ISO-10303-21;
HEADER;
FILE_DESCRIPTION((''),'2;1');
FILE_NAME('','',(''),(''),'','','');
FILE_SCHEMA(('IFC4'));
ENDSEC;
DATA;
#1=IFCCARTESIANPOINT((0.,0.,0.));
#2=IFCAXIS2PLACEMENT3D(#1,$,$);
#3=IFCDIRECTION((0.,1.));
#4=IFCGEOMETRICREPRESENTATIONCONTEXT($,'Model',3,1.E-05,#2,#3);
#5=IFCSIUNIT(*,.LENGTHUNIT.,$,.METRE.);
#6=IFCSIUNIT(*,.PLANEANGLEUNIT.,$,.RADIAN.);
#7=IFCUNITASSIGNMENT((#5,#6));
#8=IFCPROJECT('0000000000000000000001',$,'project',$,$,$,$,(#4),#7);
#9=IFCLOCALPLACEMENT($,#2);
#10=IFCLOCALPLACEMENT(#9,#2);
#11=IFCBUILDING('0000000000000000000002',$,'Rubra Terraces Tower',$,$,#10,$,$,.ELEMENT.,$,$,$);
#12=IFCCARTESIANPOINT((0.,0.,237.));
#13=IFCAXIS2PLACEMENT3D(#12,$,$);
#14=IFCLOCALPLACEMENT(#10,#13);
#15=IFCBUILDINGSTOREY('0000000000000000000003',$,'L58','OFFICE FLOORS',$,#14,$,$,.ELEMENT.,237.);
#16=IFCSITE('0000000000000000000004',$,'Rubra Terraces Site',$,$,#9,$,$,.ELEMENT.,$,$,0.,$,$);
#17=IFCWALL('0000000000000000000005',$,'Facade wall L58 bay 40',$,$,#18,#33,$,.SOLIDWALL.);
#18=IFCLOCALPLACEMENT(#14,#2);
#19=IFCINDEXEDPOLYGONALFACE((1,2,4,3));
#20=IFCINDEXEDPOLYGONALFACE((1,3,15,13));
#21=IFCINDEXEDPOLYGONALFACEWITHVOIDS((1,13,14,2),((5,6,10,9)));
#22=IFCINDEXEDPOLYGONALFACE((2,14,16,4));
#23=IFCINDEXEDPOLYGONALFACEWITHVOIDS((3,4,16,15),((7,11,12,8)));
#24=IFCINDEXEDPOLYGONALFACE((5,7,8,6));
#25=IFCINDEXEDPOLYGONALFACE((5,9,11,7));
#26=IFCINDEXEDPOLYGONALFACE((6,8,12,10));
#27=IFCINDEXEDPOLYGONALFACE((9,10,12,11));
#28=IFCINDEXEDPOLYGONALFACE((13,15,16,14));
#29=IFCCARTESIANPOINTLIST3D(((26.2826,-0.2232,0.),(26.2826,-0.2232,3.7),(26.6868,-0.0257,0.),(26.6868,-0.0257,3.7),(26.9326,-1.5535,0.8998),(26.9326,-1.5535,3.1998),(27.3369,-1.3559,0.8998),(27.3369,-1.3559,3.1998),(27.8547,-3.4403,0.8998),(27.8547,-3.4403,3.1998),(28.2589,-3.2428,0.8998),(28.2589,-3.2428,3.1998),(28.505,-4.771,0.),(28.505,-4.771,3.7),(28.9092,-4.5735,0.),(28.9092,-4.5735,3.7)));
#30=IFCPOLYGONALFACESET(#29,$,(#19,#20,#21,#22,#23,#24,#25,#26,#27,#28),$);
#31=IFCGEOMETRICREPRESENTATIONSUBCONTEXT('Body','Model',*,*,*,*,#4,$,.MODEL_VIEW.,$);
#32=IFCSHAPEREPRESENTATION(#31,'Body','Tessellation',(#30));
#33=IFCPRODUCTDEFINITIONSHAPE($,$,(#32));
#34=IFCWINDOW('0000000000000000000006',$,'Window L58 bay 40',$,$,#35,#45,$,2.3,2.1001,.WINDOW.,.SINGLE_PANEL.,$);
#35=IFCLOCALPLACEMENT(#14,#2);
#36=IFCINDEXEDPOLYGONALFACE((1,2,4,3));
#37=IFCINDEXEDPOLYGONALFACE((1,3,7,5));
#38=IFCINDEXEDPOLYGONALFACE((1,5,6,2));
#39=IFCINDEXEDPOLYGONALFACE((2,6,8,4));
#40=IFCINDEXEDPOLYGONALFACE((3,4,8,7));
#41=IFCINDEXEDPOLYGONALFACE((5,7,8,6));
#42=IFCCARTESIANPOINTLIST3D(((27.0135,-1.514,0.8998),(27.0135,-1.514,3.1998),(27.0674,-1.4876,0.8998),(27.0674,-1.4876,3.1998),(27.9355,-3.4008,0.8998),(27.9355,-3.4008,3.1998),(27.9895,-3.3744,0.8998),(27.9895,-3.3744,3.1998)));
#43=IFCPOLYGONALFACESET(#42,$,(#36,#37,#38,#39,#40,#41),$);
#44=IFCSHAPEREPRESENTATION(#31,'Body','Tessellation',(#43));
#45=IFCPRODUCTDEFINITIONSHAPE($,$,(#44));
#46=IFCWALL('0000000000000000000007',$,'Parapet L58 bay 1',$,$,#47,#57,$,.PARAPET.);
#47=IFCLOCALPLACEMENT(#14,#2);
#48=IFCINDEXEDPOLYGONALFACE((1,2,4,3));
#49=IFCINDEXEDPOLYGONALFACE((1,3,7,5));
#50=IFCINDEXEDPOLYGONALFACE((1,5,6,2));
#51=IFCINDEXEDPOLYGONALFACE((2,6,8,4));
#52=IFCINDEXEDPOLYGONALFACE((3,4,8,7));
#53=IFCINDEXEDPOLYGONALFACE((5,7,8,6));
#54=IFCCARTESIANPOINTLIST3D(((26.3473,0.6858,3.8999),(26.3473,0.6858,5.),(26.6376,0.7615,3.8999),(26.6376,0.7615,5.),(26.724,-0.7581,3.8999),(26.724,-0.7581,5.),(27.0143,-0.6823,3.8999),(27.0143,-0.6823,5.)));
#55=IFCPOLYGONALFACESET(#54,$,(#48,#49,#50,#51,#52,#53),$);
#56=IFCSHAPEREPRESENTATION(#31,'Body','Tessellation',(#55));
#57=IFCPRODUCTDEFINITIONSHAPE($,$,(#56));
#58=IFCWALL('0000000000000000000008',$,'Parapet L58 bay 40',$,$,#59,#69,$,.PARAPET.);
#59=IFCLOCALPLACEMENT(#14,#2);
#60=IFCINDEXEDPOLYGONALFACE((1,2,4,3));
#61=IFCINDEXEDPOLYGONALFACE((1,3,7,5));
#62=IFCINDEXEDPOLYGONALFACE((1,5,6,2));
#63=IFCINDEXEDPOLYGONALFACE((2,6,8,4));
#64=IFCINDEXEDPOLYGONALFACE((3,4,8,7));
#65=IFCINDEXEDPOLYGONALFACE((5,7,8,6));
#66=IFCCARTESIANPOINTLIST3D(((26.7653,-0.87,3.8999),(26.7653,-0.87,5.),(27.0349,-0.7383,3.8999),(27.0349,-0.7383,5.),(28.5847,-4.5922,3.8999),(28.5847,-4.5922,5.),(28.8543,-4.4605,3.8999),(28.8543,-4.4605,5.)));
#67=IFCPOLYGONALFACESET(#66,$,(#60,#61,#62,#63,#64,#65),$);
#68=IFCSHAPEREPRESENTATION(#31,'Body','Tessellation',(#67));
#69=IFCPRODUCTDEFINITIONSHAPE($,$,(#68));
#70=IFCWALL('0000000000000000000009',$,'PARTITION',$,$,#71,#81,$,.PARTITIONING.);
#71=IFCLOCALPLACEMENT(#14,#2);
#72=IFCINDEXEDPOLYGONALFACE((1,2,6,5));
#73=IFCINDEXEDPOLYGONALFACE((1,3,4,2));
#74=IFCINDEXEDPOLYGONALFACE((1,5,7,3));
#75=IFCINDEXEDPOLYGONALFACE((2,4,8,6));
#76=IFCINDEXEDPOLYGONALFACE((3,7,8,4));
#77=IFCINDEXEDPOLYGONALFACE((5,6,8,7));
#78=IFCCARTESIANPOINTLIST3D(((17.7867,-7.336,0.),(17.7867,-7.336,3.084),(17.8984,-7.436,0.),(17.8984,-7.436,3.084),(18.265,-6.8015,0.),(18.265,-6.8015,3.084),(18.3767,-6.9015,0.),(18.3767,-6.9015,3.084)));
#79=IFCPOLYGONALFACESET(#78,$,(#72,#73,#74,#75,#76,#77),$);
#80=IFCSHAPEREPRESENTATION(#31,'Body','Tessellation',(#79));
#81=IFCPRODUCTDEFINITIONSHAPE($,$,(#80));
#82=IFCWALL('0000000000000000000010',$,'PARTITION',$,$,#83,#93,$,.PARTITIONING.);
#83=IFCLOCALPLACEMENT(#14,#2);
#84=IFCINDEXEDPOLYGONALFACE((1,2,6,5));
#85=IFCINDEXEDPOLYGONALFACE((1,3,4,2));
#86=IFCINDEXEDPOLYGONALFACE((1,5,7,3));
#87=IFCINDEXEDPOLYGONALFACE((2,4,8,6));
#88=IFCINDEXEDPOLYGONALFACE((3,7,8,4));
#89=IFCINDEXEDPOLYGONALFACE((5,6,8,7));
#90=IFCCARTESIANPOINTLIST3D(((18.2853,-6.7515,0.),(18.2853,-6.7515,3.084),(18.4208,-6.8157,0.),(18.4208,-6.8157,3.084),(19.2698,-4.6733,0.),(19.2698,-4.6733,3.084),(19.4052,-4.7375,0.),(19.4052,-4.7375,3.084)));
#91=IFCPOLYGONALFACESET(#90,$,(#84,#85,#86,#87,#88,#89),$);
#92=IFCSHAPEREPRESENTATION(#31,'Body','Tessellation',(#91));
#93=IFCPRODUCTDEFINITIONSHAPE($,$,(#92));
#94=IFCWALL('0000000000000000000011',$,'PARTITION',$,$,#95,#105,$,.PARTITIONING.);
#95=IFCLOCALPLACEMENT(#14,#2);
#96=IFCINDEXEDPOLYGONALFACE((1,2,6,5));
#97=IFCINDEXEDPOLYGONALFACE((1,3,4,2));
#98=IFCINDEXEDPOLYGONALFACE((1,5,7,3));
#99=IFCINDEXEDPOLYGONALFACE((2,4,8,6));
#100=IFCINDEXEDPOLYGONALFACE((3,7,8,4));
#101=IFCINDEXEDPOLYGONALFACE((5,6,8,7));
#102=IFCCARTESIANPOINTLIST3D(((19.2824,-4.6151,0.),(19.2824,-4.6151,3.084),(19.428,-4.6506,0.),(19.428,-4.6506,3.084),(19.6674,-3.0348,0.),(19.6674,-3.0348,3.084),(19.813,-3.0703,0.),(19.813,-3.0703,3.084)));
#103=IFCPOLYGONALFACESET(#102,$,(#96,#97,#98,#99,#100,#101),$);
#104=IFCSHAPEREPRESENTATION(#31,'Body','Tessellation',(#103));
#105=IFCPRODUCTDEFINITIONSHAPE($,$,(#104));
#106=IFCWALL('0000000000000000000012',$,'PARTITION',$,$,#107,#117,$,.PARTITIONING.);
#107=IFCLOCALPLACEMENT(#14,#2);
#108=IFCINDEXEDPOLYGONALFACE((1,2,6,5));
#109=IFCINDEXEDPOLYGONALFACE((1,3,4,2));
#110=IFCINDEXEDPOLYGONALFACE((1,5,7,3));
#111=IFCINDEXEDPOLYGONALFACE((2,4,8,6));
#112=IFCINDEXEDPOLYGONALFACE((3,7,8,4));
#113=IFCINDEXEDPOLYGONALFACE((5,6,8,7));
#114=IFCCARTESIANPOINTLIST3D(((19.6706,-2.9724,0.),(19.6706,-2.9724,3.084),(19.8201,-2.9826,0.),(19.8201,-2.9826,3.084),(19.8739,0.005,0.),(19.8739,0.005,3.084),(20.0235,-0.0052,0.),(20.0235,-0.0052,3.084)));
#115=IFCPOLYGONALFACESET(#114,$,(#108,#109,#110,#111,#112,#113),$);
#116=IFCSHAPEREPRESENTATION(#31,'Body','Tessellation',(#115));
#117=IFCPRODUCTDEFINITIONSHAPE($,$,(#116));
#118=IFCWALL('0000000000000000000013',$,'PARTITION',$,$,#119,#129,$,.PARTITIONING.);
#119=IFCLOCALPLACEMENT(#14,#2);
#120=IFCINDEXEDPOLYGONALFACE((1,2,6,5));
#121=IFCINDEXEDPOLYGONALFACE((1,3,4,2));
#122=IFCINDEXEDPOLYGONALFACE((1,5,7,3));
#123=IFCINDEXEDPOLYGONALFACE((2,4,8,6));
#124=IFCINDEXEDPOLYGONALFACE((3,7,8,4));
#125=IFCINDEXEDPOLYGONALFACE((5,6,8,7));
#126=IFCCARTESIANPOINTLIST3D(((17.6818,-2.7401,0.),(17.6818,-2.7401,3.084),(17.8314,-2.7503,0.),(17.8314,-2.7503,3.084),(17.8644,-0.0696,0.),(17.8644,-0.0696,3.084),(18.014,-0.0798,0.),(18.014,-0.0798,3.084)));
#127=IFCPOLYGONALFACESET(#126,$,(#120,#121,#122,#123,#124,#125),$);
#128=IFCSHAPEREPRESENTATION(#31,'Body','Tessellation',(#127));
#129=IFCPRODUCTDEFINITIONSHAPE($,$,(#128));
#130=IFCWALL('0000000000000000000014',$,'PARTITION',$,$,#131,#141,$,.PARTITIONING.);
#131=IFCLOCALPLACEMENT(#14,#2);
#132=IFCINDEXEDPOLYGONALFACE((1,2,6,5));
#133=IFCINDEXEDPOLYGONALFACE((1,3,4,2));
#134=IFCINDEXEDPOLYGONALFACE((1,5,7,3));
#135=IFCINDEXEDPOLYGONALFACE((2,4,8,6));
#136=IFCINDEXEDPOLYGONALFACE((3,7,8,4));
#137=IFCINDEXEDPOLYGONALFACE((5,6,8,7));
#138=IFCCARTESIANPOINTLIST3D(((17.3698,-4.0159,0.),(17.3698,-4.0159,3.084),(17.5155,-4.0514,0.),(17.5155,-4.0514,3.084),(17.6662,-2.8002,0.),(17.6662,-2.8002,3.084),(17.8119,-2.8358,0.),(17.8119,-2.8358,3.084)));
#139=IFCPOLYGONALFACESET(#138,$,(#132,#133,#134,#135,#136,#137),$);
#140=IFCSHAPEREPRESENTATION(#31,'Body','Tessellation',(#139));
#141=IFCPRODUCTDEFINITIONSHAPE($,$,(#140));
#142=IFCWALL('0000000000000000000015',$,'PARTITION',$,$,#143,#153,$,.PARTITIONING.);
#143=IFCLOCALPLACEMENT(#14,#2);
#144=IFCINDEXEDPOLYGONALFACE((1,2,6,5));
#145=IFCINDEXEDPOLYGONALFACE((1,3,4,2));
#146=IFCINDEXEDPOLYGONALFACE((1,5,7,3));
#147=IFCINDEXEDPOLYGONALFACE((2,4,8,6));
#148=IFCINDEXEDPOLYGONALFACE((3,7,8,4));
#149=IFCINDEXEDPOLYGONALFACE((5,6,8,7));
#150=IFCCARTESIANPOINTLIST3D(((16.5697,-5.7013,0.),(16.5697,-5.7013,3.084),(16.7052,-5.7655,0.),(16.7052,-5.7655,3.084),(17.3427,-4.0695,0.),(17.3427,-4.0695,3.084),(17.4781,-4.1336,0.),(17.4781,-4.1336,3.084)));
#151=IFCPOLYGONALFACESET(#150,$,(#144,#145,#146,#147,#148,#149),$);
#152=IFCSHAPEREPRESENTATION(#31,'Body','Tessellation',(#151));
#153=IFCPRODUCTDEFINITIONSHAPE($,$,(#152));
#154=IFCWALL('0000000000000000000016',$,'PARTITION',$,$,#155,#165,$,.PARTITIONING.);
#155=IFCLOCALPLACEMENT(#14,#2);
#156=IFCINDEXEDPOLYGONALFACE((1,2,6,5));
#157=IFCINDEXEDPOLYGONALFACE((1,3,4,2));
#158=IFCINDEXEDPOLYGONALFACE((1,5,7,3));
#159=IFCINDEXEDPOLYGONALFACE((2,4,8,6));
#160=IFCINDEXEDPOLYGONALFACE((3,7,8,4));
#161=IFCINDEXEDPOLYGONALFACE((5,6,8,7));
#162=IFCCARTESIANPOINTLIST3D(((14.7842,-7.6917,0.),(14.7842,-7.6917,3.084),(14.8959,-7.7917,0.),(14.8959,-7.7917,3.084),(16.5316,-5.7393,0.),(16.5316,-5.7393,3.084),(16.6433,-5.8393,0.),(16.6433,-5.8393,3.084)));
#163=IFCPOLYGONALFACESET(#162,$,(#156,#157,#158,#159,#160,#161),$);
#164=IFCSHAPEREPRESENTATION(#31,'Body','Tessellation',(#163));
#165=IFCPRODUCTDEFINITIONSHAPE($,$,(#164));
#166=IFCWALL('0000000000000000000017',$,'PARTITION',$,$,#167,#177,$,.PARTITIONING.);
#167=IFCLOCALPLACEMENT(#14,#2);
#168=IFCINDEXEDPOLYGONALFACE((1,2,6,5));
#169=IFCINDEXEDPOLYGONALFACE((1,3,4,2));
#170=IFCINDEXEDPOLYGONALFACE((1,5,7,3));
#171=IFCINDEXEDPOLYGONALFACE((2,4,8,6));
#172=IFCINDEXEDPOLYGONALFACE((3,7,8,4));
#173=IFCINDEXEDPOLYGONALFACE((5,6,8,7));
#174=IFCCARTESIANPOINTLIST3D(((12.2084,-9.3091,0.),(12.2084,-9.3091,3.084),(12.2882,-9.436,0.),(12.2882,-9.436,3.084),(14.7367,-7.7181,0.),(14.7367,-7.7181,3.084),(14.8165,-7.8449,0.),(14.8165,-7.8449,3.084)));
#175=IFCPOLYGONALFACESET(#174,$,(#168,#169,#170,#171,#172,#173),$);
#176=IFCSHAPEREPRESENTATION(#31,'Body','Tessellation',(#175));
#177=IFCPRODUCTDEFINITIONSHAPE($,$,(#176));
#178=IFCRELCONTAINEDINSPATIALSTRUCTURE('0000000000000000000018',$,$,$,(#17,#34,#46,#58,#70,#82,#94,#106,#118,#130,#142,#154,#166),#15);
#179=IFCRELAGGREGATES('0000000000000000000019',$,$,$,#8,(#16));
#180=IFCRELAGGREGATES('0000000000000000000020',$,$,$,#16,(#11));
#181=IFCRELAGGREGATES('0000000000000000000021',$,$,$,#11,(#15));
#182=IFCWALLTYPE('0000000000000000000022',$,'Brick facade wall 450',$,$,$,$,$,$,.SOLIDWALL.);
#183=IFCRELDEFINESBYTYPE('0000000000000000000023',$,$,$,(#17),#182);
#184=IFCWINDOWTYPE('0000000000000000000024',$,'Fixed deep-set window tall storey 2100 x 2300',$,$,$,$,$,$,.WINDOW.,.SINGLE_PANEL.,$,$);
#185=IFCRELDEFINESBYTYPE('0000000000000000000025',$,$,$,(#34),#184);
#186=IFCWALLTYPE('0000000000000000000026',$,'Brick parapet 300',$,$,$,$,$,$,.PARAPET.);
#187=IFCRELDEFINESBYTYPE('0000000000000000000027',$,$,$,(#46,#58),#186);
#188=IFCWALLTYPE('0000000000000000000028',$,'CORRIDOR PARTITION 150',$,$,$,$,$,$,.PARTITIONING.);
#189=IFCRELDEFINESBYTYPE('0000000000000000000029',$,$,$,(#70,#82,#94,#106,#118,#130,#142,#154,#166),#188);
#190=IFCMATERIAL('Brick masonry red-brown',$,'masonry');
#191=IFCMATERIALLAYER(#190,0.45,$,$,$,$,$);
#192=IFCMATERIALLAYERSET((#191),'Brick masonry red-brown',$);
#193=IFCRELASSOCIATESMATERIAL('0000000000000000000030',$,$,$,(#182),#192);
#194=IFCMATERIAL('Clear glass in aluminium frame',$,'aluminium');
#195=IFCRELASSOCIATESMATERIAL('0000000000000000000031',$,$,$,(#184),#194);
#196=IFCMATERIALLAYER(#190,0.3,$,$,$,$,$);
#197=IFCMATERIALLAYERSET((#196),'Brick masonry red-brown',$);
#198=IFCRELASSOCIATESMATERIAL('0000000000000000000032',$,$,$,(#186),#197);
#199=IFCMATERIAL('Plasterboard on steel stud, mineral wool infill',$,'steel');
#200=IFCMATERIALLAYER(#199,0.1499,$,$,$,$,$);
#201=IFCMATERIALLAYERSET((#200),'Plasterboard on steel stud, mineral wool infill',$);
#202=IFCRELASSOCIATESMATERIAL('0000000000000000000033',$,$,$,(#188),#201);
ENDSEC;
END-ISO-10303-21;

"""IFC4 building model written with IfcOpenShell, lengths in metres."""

from ifc_helpers import new_model, si_unit, direction, frame, frame_2d, origin, place, context, subcontext, project, spatial, rectangle, extrude, material, layer, layer_set, type_object, element, fill, save


model = new_model("IFC4")

# Units and contexts
model_context = context("Model", 3, precision=1e-05, world=origin(), true_north=direction((0.0, 1.0)))
body_context = subcontext(model_context, "Body", "Model", "MODEL_VIEW")
ifc_project = project(units=[si_unit("LENGTHUNIT", "METRE"), si_unit("PLANEANGLEUNIT", "RADIAN")], contexts=[model_context])

# Site, building, storey
site_placement = place(None, origin())
site = spatial("IfcSite", under=ifc_project, at=site_placement, Name="Rubra Terraces Site", CompositionType="ELEMENT", RefElevation=0.0)
building_placement = place(site_placement, origin())
building = spatial("IfcBuilding", under=site, at=building_placement, Name="Rubra Terraces Tower", CompositionType="ELEMENT")
storey_placement = place(building_placement, frame((0.0, 0.0, 237.0)))
storey = spatial("IfcBuildingStorey", under=building, at=storey_placement, Name="L58", Description="OFFICE FLOORS", CompositionType="ELEMENT", Elevation=237.0)

# Wall, opening, window
ifc_material_1 = material(Name="Brick masonry red-brown", Category="masonry")
ifc_layer_1 = layer(ifc_material_1, 0.45)
ifc_layer_set_1 = layer_set([ifc_layer_1], Name="Brick masonry red-brown")
wall_type_1 = type_object("IfcWallType", Name="Brick facade wall 450", PredefinedType="SOLIDWALL", material=ifc_layer_set_1)
ifc_material_2 = material(Name="Clear glass in aluminium frame", Category="aluminium")
window_type = type_object("IfcWindowType", Name="Fixed deep-set window tall storey 2100 x 2300", PartitioningType="SINGLE_PANEL", PredefinedType="WINDOW", material=ifc_material_2)
wall_1_placement = place(storey_placement, frame((28.707, -4.6721, 0.0), z_axis=(0.0, 0.0, 1.0), x_axis=(-0.439054, 0.898461, 0.0)))
wall_1 = element("IfcWall", 1, at=wall_1_placement, inside=storey, type_object=wall_type_1, Name="Facade wall L58 bay 40", PredefinedType="SOLIDWALL", context=body_context, shape_type="SweptSolid", body=[
    extrude(rectangle(XDim=5.0618, YDim=0.45, at=frame_2d((2.5308, 0.0))), origin(), (0.0, 0.0, 1.0), 3.7),
])
opening_1_placement = place(wall_1_placement, frame((1.481, 0.0, 0.8999)))
opening_1 = element("IfcOpeningElement", 2, at=opening_1_placement, cuts=wall_1, PredefinedType="OPENING", context=body_context, shape_type="SweptSolid", body=[
    extrude(rectangle(XDim=2.1001, YDim=2.3, at=frame_2d((1.05, 1.1499))), frame((0.0, 0.2349, 0.0), z_axis=(0.0, -1.0, 0.0), x_axis=(1.0, 0.0, 0.0)), (0.0, 0.0, 1.0), 0.47),
])
window_1_placement = place(opening_1_placement, origin())
window_1 = element("IfcWindow", 3, at=window_1_placement, inside=storey, type_object=window_type, Name="Window L58 bay 40", OverallHeight=2.3, OverallWidth=2.1001, PartitioningType="SINGLE_PANEL", PredefinedType="WINDOW", context=body_context, shape_type="SweptSolid", body=[
    extrude(rectangle(XDim=2.1001, YDim=2.3, at=frame_2d((1.05, 1.1499))), frame((0.0, 0.135, 0.0), z_axis=(0.0, -1.0, 0.0), x_axis=(1.0, 0.0, 0.0)), (0.0, 0.0, 1.0), 0.0601),
])
fill(opening_1, window_1)

# Walls
ifc_layer_2 = layer(ifc_material_1, 0.3)
ifc_layer_set_2 = layer_set([ifc_layer_2], Name="Brick masonry red-brown")
wall_type_2 = type_object("IfcWallType", Name="Brick parapet 300", PredefinedType="PARAPET", material=ifc_layer_set_2)
wall_2_placement = place(storey_placement, frame((26.8691, -0.7202, 3.8999), z_axis=(0.0, 0.0, 1.0), x_axis=(-0.252455, 0.967609, 0.0)))
element("IfcWall", 4, at=wall_2_placement, inside=storey, type_object=wall_type_2, Name="Parapet L58 bay 1", PredefinedType="PARAPET", context=body_context, shape_type="SweptSolid", body=[
    extrude(rectangle(XDim=1.4922, YDim=0.3, at=frame_2d((0.7461, 0.0))), origin(), (0.0, 0.0, 1.0), 1.1001),
])
wall_3_placement = place(storey_placement, frame((28.7195, -4.5264, 3.8999), z_axis=(0.0, 0.0, 1.0), x_axis=(-0.439134, 0.898422, 0.0)))
element("IfcWall", 5, at=wall_3_placement, inside=storey, type_object=wall_type_2, Name="Parapet L58 bay 40", PredefinedType="PARAPET", context=body_context, shape_type="SweptSolid", body=[
    extrude(rectangle(XDim=4.1431, YDim=0.3, at=frame_2d((2.0715, 0.0))), origin(), (0.0, 0.0, 1.0), 1.1001),
])
ifc_material_3 = material(Name="Plasterboard on steel stud, mineral wool infill", Category="steel")
ifc_layer_3 = layer(ifc_material_3, 0.1499)
ifc_layer_set_3 = layer_set([ifc_layer_3], Name="Plasterboard on steel stud, mineral wool infill")
wall_type_3 = type_object("IfcWallType", Name="CORRIDOR PARTITION 150", PredefinedType="PARTITIONING", material=ifc_layer_set_3)
wall_4_placement = place(storey_placement, frame((17.8425, -7.386, 0.0), z_axis=(0.0, 0.0, 1.0), x_axis=(0.666874, 0.74517, 0.0)))
element("IfcWall", 6, at=wall_4_placement, inside=storey, type_object=wall_type_3, Name="PARTITION", PredefinedType="PARTITIONING", context=body_context, shape_type="SweptSolid", body=[
    extrude(rectangle(XDim=0.7173, YDim=0.1499, at=frame_2d((0.3586, 0.0))), origin(), (0.0, 0.0, 1.0), 3.084),
])
wall_5_placement = place(storey_placement, frame((18.353, -6.7837, 0.0), z_axis=(0.0, 0.0, 1.0), x_axis=(0.428086, 0.903738, 0.0)))
element("IfcWall", 7, at=wall_5_placement, inside=storey, type_object=wall_type_3, Name="PARTITION", PredefinedType="PARTITIONING", context=body_context, shape_type="SweptSolid", body=[
    extrude(rectangle(XDim=2.2996, YDim=0.1499, at=frame_2d((1.1499, 0.0))), origin(), (0.0, 0.0, 1.0), 3.084),
])
wall_6_placement = place(storey_placement, frame((19.3552, -4.6328, 0.0), z_axis=(0.0, 0.0, 1.0), x_axis=(0.236704, 0.971582, 0.0)))
element("IfcWall", 8, at=wall_6_placement, inside=storey, type_object=wall_type_3, Name="PARTITION", PredefinedType="PARTITIONING", context=body_context, shape_type="SweptSolid", body=[
    extrude(rectangle(XDim=1.6265, YDim=0.1499, at=frame_2d((0.8132, 0.0))), origin(), (0.0, 0.0, 1.0), 3.084),
])
wall_7_placement = place(storey_placement, frame((19.7454, -2.9775, 0.0), z_axis=(0.0, 0.0, 1.0), x_axis=(0.068142, 0.997676, 0.0)))
element("IfcWall", 9, at=wall_7_placement, inside=storey, type_object=wall_type_3, Name="PARTITION", PredefinedType="PARTITIONING", context=body_context, shape_type="SweptSolid", body=[
    extrude(rectangle(XDim=2.9844, YDim=0.1499, at=frame_2d((1.4922, 0.0))), origin(), (0.0, 0.0, 1.0), 3.084),
])
wall_8_placement = place(storey_placement, frame((17.9392, -0.0747, 0.0), z_axis=(0.0, 0.0, 1.0), x_axis=(-0.068226, -0.99767, 0.0)))
element("IfcWall", 10, at=wall_8_placement, inside=storey, type_object=wall_type_3, Name="PARTITION", PredefinedType="PARTITIONING", context=body_context, shape_type="SweptSolid", body=[
    extrude(rectangle(XDim=2.6768, YDim=0.1499, at=frame_2d((1.3384, 0.0))), origin(), (0.0, 0.0, 1.0), 3.084),
])
wall_9_placement = place(storey_placement, frame((17.739, -2.8181, 0.0), z_axis=(0.0, 0.0, 1.0), x_axis=(-0.236884, -0.971538, 0.0)))
element("IfcWall", 11, at=wall_9_placement, inside=storey, type_object=wall_type_3, Name="PARTITION", PredefinedType="PARTITIONING", context=body_context, shape_type="SweptSolid", body=[
    extrude(rectangle(XDim=1.2512, YDim=0.1499, at=frame_2d((0.6255, 0.0))), origin(), (0.0, 0.0, 1.0), 3.084),
])
wall_10_placement = place(storey_placement, frame((17.4104, -4.1016, 0.0), z_axis=(0.0, 0.0, 1.0), x_axis=(-0.428075, -0.903743, 0.0)))
element("IfcWall", 12, at=wall_10_placement, inside=storey, type_object=wall_type_3, Name="PARTITION", PredefinedType="PARTITIONING", context=body_context, shape_type="SweptSolid", body=[
    extrude(rectangle(XDim=1.8057, YDim=0.1499, at=frame_2d((0.9028, 0.0))), origin(), (0.0, 0.0, 1.0), 3.084),
])
wall_11_placement = place(storey_placement, frame((16.5874, -5.7893, 0.0), z_axis=(0.0, 0.0, 1.0), x_axis=(-0.666887, -0.745158, 0.0)))
element("IfcWall", 13, at=wall_11_placement, inside=storey, type_object=wall_type_3, Name="PARTITION", PredefinedType="PARTITIONING", context=body_context, shape_type="SweptSolid", body=[
    extrude(rectangle(XDim=2.6201, YDim=0.1499, at=frame_2d((1.3101, 0.0))), origin(), (0.0, 0.0, 1.0), 3.084),
])
wall_12_placement = place(storey_placement, frame((14.7766, -7.7815, 0.0), z_axis=(0.0, 0.0, 1.0), x_axis=(-0.84636, -0.532612, 0.0)))
element("IfcWall", 14, at=wall_12_placement, inside=storey, type_object=wall_type_3, Name="PARTITION", PredefinedType="PARTITIONING", context=body_context, shape_type="SweptSolid", body=[
    extrude(rectangle(XDim=2.9873, YDim=0.1499, at=frame_2d((1.4937, 0.0))), origin(), (0.0, 0.0, 1.0), 3.084),
])

save(model, "model.ifc")
